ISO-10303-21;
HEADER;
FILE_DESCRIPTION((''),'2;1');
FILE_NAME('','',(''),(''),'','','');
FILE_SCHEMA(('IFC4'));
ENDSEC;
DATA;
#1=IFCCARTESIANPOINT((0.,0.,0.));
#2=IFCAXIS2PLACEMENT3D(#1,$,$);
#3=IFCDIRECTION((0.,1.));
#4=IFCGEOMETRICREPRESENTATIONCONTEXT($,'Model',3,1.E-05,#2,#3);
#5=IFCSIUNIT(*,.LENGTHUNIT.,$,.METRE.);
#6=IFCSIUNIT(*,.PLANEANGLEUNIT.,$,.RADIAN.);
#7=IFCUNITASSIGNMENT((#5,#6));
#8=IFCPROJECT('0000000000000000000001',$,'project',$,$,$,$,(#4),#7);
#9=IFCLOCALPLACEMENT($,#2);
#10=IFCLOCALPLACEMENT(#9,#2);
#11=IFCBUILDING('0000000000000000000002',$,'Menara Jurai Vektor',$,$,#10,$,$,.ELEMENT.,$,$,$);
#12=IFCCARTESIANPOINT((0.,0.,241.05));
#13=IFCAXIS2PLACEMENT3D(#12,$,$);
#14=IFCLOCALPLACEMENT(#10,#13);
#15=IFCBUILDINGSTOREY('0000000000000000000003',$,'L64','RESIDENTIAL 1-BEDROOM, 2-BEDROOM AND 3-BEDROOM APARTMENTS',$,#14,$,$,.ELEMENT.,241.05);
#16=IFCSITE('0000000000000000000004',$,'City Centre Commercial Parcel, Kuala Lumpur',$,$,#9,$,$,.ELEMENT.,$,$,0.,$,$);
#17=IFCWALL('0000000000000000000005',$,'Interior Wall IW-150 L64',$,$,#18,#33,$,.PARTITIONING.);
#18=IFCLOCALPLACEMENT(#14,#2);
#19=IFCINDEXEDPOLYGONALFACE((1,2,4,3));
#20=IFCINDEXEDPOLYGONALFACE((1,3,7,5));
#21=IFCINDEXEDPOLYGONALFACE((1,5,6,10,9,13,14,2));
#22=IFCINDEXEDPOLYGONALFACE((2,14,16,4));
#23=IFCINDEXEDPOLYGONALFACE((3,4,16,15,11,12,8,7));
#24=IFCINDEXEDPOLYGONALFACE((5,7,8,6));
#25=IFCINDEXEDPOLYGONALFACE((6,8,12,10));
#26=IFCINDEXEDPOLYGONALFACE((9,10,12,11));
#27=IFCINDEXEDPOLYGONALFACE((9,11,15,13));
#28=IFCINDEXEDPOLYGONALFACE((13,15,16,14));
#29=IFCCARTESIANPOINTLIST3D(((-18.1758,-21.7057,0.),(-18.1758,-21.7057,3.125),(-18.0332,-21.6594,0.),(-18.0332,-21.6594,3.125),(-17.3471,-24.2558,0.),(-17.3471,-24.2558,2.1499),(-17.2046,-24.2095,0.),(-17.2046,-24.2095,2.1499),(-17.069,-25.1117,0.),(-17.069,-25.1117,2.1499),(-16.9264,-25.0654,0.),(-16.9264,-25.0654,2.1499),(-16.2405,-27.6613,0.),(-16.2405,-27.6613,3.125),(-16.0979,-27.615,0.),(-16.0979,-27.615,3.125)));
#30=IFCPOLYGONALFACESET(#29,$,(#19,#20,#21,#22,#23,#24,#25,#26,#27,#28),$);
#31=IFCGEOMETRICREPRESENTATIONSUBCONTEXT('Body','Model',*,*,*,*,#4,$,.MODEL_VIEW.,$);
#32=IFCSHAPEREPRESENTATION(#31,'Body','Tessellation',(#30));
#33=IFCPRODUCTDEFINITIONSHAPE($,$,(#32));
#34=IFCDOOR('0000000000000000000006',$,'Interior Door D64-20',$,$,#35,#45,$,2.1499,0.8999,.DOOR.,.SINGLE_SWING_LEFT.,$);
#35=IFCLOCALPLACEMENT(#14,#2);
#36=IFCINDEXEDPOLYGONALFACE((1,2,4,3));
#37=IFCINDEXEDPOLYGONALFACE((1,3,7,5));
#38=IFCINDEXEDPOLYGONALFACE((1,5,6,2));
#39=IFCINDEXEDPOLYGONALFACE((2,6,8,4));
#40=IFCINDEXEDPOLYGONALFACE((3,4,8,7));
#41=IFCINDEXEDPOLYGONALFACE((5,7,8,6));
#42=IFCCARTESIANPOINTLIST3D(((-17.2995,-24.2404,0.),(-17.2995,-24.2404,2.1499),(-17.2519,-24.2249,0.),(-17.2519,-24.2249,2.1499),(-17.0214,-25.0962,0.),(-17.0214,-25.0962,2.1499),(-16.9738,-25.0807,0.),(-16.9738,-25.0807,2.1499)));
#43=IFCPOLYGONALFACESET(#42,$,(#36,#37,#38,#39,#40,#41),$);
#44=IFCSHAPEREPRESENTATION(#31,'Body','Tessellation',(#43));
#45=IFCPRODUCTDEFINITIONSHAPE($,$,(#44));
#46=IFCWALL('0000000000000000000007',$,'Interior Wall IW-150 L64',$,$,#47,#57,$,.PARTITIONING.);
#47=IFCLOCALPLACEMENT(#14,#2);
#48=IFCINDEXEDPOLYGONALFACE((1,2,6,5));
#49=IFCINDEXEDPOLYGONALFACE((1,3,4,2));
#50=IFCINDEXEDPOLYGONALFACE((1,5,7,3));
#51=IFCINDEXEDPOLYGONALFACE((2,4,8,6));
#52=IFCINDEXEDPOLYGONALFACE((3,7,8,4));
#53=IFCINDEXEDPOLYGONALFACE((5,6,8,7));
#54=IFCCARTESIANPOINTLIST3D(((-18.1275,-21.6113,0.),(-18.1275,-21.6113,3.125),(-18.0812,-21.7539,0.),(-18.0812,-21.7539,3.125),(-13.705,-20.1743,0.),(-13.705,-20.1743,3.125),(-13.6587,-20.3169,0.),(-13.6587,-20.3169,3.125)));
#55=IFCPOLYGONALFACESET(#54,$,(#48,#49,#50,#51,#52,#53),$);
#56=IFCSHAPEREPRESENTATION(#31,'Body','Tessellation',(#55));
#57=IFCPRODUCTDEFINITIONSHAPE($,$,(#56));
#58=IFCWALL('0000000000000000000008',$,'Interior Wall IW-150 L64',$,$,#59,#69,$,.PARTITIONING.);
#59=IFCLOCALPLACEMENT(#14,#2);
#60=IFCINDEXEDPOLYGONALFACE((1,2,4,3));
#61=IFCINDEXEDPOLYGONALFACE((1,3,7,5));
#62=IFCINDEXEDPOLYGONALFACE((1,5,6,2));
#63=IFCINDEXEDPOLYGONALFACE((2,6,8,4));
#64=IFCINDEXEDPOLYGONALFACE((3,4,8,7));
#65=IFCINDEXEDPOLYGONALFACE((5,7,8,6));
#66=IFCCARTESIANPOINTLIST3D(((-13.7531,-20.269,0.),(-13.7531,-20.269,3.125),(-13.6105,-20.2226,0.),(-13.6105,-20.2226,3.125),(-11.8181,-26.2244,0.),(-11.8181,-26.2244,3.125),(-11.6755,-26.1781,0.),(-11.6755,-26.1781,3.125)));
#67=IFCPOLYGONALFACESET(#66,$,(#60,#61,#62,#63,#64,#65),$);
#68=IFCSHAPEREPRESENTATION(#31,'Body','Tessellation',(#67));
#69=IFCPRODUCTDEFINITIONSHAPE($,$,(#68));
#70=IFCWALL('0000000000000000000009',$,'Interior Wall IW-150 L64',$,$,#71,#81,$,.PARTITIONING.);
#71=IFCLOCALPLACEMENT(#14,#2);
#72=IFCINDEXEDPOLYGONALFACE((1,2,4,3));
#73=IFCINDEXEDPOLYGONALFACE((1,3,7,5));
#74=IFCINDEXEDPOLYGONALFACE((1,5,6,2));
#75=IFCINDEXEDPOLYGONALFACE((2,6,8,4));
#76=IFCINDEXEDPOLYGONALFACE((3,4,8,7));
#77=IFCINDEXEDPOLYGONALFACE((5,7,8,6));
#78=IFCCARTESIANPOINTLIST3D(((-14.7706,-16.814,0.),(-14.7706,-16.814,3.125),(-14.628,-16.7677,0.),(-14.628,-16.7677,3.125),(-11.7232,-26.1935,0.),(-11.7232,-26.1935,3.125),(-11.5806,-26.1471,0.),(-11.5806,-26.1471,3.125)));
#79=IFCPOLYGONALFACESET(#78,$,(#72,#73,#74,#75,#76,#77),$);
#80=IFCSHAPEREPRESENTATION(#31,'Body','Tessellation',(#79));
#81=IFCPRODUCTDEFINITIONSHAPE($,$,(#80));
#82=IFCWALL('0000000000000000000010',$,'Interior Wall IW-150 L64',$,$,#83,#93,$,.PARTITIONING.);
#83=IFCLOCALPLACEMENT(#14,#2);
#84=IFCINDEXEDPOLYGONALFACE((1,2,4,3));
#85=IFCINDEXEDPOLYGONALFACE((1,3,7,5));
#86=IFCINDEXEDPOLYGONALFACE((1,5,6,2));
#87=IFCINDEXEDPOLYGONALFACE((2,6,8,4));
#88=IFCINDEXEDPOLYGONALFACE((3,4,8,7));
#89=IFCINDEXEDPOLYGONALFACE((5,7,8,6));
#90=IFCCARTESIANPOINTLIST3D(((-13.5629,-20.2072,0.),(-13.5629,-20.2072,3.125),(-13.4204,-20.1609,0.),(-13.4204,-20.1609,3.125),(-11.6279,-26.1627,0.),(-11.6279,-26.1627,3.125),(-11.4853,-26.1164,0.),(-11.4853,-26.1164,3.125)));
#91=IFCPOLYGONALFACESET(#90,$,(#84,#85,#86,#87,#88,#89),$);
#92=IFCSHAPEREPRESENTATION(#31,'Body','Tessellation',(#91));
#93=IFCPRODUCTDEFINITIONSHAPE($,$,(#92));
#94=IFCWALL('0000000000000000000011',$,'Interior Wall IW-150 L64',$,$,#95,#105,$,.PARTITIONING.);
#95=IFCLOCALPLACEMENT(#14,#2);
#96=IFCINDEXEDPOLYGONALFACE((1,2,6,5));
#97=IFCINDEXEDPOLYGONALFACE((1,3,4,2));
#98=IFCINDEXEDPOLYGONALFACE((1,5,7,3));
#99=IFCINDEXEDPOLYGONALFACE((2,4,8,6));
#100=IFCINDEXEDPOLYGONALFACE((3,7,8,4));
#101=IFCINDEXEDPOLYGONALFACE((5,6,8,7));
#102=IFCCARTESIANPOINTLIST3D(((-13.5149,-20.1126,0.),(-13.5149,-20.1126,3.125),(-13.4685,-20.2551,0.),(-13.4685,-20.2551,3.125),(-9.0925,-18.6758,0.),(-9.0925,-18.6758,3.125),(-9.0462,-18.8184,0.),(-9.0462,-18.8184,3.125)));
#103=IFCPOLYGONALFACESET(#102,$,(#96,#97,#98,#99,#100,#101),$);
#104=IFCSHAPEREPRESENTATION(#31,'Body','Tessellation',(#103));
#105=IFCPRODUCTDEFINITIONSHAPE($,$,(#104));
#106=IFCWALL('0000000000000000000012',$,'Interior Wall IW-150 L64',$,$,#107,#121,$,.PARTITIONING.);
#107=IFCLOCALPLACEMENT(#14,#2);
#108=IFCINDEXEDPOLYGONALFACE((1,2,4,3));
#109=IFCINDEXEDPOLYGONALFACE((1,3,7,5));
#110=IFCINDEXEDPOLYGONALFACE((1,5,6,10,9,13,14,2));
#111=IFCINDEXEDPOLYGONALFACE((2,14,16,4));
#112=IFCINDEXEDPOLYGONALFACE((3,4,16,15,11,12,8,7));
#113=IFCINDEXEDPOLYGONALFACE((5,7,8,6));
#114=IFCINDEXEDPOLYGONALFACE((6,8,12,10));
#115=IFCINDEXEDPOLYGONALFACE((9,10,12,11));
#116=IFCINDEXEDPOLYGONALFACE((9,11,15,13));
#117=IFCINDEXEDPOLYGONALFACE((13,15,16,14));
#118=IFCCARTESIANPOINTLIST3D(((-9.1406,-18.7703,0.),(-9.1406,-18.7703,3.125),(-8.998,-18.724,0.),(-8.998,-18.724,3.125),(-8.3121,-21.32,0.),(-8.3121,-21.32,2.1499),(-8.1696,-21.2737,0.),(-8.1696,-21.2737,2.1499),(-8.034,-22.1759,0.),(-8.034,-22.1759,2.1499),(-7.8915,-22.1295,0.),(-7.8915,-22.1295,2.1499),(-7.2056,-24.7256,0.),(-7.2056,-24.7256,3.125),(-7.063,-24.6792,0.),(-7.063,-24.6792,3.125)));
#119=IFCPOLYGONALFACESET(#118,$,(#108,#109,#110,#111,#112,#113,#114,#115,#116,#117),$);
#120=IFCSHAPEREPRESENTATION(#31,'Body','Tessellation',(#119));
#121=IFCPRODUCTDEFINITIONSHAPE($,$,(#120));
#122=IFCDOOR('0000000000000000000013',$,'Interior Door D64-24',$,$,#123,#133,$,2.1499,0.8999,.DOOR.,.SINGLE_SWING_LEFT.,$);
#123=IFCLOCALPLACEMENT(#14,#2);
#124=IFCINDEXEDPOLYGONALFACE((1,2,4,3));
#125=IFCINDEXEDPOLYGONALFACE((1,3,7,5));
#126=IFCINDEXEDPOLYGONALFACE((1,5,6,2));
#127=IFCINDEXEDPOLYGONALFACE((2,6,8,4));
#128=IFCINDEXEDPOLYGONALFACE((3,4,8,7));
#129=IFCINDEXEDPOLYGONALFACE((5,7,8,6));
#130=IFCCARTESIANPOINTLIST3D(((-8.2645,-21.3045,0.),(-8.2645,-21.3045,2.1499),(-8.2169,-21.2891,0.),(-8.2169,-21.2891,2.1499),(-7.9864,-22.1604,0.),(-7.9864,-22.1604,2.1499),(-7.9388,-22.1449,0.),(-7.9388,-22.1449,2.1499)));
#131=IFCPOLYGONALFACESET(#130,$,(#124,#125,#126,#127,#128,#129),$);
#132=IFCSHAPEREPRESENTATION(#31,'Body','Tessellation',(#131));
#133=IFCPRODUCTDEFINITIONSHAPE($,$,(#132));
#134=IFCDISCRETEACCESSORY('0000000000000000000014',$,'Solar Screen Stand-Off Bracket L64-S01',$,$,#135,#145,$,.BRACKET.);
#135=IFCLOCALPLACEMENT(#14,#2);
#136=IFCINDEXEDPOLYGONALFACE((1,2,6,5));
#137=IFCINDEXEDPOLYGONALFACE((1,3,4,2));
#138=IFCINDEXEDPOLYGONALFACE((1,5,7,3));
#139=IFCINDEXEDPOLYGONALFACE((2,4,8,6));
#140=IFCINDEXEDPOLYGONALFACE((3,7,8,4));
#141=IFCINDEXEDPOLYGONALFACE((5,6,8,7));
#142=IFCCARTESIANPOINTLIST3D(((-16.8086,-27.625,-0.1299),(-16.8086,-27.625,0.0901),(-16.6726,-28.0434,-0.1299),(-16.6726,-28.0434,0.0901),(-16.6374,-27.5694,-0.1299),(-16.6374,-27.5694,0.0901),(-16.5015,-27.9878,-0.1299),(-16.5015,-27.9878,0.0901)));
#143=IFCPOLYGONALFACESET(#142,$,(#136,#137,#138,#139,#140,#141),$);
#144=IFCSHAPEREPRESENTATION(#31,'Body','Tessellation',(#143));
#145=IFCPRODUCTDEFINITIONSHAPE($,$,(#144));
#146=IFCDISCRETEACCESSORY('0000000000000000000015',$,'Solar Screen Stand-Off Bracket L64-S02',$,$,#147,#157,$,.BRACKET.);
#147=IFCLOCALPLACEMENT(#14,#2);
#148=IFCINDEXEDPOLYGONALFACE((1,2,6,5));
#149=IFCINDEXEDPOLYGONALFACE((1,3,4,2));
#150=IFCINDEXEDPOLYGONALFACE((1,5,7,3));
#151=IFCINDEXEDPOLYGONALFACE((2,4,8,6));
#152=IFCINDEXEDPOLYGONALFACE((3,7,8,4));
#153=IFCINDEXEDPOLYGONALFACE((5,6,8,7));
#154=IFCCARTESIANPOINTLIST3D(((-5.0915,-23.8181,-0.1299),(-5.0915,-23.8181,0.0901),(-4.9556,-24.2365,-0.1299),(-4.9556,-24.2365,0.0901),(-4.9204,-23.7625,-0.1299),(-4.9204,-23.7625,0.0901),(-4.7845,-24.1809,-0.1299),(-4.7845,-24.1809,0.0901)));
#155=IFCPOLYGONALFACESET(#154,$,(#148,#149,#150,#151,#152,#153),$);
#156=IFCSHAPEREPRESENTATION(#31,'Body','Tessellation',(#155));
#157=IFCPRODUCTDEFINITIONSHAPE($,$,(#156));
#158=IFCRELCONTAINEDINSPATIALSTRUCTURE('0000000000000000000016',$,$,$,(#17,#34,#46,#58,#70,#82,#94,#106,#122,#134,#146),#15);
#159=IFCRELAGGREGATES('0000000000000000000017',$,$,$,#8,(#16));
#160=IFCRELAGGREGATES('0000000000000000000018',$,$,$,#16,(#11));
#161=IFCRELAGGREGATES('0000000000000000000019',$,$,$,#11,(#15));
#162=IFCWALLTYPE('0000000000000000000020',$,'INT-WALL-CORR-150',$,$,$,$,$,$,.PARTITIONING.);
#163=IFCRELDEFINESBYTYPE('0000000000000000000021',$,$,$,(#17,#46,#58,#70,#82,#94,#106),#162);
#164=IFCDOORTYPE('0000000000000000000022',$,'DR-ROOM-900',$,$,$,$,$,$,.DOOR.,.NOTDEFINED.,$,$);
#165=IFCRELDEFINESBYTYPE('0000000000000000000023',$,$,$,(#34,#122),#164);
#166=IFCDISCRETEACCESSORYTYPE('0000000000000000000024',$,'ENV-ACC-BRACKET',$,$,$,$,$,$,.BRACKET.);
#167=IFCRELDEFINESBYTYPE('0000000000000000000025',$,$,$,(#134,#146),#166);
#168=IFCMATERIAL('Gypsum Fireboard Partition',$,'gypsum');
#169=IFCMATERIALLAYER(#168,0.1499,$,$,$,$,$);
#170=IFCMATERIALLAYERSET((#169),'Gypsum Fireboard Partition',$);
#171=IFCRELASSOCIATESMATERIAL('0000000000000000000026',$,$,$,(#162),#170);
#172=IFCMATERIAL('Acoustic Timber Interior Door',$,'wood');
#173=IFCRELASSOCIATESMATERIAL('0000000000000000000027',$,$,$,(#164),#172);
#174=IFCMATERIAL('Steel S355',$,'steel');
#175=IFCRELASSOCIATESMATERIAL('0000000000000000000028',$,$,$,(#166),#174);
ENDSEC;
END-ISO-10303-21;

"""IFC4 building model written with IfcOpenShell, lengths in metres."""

from ifc_helpers import new_model, si_unit, direction, frame, frame_2d, origin, origin_2d, place, context, subcontext, project, spatial, rectangle, extrude, material, layer, layer_set, type_object, element, fill, save


model = new_model("IFC4")

# Units and contexts
model_context = context("Model", 3, precision=1e-05, world=origin(), true_north=direction((0.0, 1.0)))
body_context = subcontext(model_context, "Body", "Model", "MODEL_VIEW")
ifc_project = project(units=[si_unit("LENGTHUNIT", "METRE"), si_unit("PLANEANGLEUNIT", "RADIAN")], contexts=[model_context])

# Site, building, storey
site_placement = place(None, origin())
site = spatial("IfcSite", under=ifc_project, at=site_placement, Name="City Centre Commercial Parcel, Kuala Lumpur", CompositionType="ELEMENT", RefElevation=0.0)
building_placement = place(site_placement, origin())
building = spatial("IfcBuilding", under=site, at=building_placement, Name="Menara Jurai Vektor", CompositionType="ELEMENT")
storey_placement = place(building_placement, frame((0.0, 0.0, 241.05)))
storey = spatial("IfcBuildingStorey", under=building, at=storey_placement, Name="L64", Description="RESIDENTIAL 1-BEDROOM, 2-BEDROOM AND 3-BEDROOM APARTMENTS", CompositionType="ELEMENT", Elevation=241.05)

# Shared definitions
ifc_material_1 = material(Name="Steel S355", Category="steel")

# Shared definitions
ifc_material_2 = material(Name="Gypsum Fireboard Partition", Category="gypsum")
ifc_layer_1 = layer(ifc_material_2, 0.1499)
ifc_layer_set_1 = layer_set([ifc_layer_1], Name="Gypsum Fireboard Partition")
wall_type = type_object("IfcWallType", Name="INT-WALL-CORR-150", PredefinedType="PARTITIONING", material=ifc_layer_set_1)

# Wall, opening, door
wall_1_placement = place(storey_placement, frame((-16.1692, -27.6382, 0.0), z_axis=(0.0, 0.0, 1.0), x_axis=(-0.309049, 0.951046, 0.0)))
wall_1 = element("IfcWall", 1, at=wall_1_placement, inside=storey, type_object=wall_type, Name="Interior Wall IW-150 L64", PredefinedType="PARTITIONING", context=body_context, shape_type="SweptSolid", body=[
    extrude(rectangle(XDim=6.2622, YDim=0.1499, at=frame_2d((3.1311, 0.0))), origin(), (0.0, 0.0, 1.0), 3.125),
])
opening_1_placement = place(wall_1_placement, frame((2.6809, 0.0, 0.0)))
opening_1 = element("IfcOpeningElement", 2, at=opening_1_placement, cuts=wall_1, PredefinedType="OPENING", context=body_context, shape_type="SweptSolid", body=[
    extrude(rectangle(XDim=0.8999, YDim=2.1499, at=frame_2d((0.45, 1.075))), frame((0.0, 0.085, 0.0), z_axis=(0.0, -1.0, 0.0), x_axis=(1.0, 0.0, 0.0)), (0.0, 0.0, 1.0), 0.1699),
])
ifc_material_3 = material(Name="Acoustic Timber Interior Door", Category="wood")
door_type_1 = type_object("IfcDoorType", Name="DR-ROOM-900", OperationType="NOTDEFINED", PredefinedType="DOOR", material=ifc_material_3)
door_1_placement = place(opening_1_placement, origin())
door_1 = element("IfcDoor", 3, at=door_1_placement, inside=storey, type_object=door_type_1, Name="Interior Door D64-20", OperationType="SINGLE_SWING_LEFT", OverallHeight=2.1499, OverallWidth=0.8999, PredefinedType="DOOR", context=body_context, shape_type="SweptSolid", body=[
    extrude(rectangle(XDim=0.8999, YDim=2.1499, at=frame_2d((0.45, 1.075))), frame((0.0, 0.0249, 0.0), z_axis=(0.0, -1.0, 0.0), x_axis=(1.0, 0.0, 0.0)), (0.0, 0.0, 1.0), 0.05),
])
fill(opening_1, door_1)

# Walls
wall_2_placement = place(storey_placement, frame((-18.1045, -21.6826, 0.0), z_axis=(0.0, 0.0, 1.0), x_axis=(0.951055, 0.309021, 0.0)))
element("IfcWall", 4, at=wall_2_placement, inside=storey, type_object=wall_type, Name="Interior Wall IW-150 L64", PredefinedType="PARTITIONING", context=body_context, shape_type="SweptSolid", body=[
    extrude(rectangle(XDim=4.6501, YDim=0.1499, at=frame_2d((2.3252, 0.0))), origin(), (0.0, 0.0, 1.0), 3.125),
])
wall_3_placement = place(storey_placement, frame((-11.7468, -26.2012, 0.0), z_axis=(0.0, 0.0, 1.0), x_axis=(-0.309014, 0.951058, 0.0)))
element("IfcWall", 5, at=wall_3_placement, inside=storey, type_object=wall_type, Name="Interior Wall IW-150 L64", PredefinedType="PARTITIONING", context=body_context, shape_type="SweptSolid", body=[
    extrude(rectangle(XDim=6.262, YDim=0.1499, at=frame_2d((3.1309, 0.0))), origin(), (0.0, 0.0, 1.0), 3.125),
])
wall_4_placement = place(storey_placement, frame((-11.6519, -26.1704, 0.0), z_axis=(0.0, 0.0, 1.0), x_axis=(-0.309, 0.951062, 0.0)))
element("IfcWall", 6, at=wall_4_placement, inside=storey, type_object=wall_type, Name="Interior Wall IW-150 L64", PredefinedType="PARTITIONING", context=body_context, shape_type="SweptSolid", body=[
    extrude(rectangle(XDim=9.8621, YDim=0.1499, at=frame_2d((4.9312, 0.0))), origin(), (0.0, 0.0, 1.0), 3.125),
])
wall_5_placement = place(storey_placement, frame((-11.5566, -26.1394, 0.0), z_axis=(0.0, 0.0, 1.0), x_axis=(-0.309014, 0.951058, 0.0)))
element("IfcWall", 7, at=wall_5_placement, inside=storey, type_object=wall_type, Name="Interior Wall IW-150 L64", PredefinedType="PARTITIONING", context=body_context, shape_type="SweptSolid", body=[
    extrude(rectangle(XDim=6.262, YDim=0.1499, at=frame_2d((3.1309, 0.0))), origin(), (0.0, 0.0, 1.0), 3.125),
])
wall_6_placement = place(storey_placement, frame((-13.4917, -20.1838, 0.0), z_axis=(0.0, 0.0, 1.0), x_axis=(0.951066, 0.308989, 0.0)))
element("IfcWall", 8, at=wall_6_placement, inside=storey, type_object=wall_type, Name="Interior Wall IW-150 L64", PredefinedType="PARTITIONING", context=body_context, shape_type="SweptSolid", body=[
    extrude(rectangle(XDim=4.6499, YDim=0.1499, at=frame_2d((2.325, 0.0))), origin(), (0.0, 0.0, 1.0), 3.125),
])

# Wall, opening, door
wall_7_placement = place(storey_placement, frame((-7.1343, -24.7024, 0.0), z_axis=(0.0, 0.0, 1.0), x_axis=(-0.309025, 0.951054, 0.0)))
wall_7 = element("IfcWall", 9, at=wall_7_placement, inside=storey, type_object=wall_type, Name="Interior Wall IW-150 L64", PredefinedType="PARTITIONING", context=body_context, shape_type="SweptSolid", body=[
    extrude(rectangle(XDim=6.2617, YDim=0.1499, at=frame_2d((3.1309, 0.0))), origin(), (0.0, 0.0, 1.0), 3.125),
])
opening_2_placement = place(wall_7_placement, frame((2.6809, 0.0, 0.0)))
opening_2 = element("IfcOpeningElement", 10, at=opening_2_placement, cuts=wall_7, PredefinedType="OPENING", context=body_context, shape_type="SweptSolid", body=[
    extrude(rectangle(XDim=0.8999, YDim=2.1499, at=frame_2d((0.45, 1.075))), frame((0.0, 0.085, 0.0), z_axis=(0.0, -1.0, 0.0), x_axis=(1.0, 0.0, 0.0)), (0.0, 0.0, 1.0), 0.1699),
])
door_2_placement = place(opening_2_placement, origin())
door_2 = element("IfcDoor", 11, at=door_2_placement, inside=storey, type_object=door_type_1, Name="Interior Door D64-24", OperationType="SINGLE_SWING_LEFT", OverallHeight=2.1499, OverallWidth=0.8999, PredefinedType="DOOR", context=body_context, shape_type="SweptSolid", body=[
    extrude(rectangle(XDim=0.8999, YDim=2.1499, at=frame_2d((0.45, 1.075))), frame((0.0, 0.0249, 0.0), z_axis=(0.0, -1.0, 0.0), x_axis=(1.0, 0.0, 0.0)), (0.0, 0.0, 1.0), 0.05),
])
fill(opening_2, door_2)

# Discrete accessories
discrete_accessory_type = type_object("IfcDiscreteAccessoryType", Name="ENV-ACC-BRACKET", PredefinedType="BRACKET", material=ifc_material_1)
for number, where, z_axis, x_axis, name in (
    (12, (-16.655, -27.8064, -0.1299), (0.0, 0.0, 1.0), (0.951057, 0.309017, 0.0), "Solar Screen Stand-Off Bracket L64-S01"),
    (13, (-4.938, -23.9995, -0.1299), (0.0, 0.0, 1.0), (0.951057, 0.309017, 0.0), "Solar Screen Stand-Off Bracket L64-S02"),
):
    element("IfcDiscreteAccessory", number, at=place(storey_placement, frame(where, z_axis=z_axis, x_axis=x_axis)), inside=storey, type_object=discrete_accessory_type, Name=name, PredefinedType="BRACKET", context=body_context, shape_type="SweptSolid", body=[
        extrude(rectangle(XDim=0.1799, YDim=0.4399, at=origin_2d()), origin(), (0.0, 0.0, 1.0), 0.22),
    ])

save(model, "model.ifc")
